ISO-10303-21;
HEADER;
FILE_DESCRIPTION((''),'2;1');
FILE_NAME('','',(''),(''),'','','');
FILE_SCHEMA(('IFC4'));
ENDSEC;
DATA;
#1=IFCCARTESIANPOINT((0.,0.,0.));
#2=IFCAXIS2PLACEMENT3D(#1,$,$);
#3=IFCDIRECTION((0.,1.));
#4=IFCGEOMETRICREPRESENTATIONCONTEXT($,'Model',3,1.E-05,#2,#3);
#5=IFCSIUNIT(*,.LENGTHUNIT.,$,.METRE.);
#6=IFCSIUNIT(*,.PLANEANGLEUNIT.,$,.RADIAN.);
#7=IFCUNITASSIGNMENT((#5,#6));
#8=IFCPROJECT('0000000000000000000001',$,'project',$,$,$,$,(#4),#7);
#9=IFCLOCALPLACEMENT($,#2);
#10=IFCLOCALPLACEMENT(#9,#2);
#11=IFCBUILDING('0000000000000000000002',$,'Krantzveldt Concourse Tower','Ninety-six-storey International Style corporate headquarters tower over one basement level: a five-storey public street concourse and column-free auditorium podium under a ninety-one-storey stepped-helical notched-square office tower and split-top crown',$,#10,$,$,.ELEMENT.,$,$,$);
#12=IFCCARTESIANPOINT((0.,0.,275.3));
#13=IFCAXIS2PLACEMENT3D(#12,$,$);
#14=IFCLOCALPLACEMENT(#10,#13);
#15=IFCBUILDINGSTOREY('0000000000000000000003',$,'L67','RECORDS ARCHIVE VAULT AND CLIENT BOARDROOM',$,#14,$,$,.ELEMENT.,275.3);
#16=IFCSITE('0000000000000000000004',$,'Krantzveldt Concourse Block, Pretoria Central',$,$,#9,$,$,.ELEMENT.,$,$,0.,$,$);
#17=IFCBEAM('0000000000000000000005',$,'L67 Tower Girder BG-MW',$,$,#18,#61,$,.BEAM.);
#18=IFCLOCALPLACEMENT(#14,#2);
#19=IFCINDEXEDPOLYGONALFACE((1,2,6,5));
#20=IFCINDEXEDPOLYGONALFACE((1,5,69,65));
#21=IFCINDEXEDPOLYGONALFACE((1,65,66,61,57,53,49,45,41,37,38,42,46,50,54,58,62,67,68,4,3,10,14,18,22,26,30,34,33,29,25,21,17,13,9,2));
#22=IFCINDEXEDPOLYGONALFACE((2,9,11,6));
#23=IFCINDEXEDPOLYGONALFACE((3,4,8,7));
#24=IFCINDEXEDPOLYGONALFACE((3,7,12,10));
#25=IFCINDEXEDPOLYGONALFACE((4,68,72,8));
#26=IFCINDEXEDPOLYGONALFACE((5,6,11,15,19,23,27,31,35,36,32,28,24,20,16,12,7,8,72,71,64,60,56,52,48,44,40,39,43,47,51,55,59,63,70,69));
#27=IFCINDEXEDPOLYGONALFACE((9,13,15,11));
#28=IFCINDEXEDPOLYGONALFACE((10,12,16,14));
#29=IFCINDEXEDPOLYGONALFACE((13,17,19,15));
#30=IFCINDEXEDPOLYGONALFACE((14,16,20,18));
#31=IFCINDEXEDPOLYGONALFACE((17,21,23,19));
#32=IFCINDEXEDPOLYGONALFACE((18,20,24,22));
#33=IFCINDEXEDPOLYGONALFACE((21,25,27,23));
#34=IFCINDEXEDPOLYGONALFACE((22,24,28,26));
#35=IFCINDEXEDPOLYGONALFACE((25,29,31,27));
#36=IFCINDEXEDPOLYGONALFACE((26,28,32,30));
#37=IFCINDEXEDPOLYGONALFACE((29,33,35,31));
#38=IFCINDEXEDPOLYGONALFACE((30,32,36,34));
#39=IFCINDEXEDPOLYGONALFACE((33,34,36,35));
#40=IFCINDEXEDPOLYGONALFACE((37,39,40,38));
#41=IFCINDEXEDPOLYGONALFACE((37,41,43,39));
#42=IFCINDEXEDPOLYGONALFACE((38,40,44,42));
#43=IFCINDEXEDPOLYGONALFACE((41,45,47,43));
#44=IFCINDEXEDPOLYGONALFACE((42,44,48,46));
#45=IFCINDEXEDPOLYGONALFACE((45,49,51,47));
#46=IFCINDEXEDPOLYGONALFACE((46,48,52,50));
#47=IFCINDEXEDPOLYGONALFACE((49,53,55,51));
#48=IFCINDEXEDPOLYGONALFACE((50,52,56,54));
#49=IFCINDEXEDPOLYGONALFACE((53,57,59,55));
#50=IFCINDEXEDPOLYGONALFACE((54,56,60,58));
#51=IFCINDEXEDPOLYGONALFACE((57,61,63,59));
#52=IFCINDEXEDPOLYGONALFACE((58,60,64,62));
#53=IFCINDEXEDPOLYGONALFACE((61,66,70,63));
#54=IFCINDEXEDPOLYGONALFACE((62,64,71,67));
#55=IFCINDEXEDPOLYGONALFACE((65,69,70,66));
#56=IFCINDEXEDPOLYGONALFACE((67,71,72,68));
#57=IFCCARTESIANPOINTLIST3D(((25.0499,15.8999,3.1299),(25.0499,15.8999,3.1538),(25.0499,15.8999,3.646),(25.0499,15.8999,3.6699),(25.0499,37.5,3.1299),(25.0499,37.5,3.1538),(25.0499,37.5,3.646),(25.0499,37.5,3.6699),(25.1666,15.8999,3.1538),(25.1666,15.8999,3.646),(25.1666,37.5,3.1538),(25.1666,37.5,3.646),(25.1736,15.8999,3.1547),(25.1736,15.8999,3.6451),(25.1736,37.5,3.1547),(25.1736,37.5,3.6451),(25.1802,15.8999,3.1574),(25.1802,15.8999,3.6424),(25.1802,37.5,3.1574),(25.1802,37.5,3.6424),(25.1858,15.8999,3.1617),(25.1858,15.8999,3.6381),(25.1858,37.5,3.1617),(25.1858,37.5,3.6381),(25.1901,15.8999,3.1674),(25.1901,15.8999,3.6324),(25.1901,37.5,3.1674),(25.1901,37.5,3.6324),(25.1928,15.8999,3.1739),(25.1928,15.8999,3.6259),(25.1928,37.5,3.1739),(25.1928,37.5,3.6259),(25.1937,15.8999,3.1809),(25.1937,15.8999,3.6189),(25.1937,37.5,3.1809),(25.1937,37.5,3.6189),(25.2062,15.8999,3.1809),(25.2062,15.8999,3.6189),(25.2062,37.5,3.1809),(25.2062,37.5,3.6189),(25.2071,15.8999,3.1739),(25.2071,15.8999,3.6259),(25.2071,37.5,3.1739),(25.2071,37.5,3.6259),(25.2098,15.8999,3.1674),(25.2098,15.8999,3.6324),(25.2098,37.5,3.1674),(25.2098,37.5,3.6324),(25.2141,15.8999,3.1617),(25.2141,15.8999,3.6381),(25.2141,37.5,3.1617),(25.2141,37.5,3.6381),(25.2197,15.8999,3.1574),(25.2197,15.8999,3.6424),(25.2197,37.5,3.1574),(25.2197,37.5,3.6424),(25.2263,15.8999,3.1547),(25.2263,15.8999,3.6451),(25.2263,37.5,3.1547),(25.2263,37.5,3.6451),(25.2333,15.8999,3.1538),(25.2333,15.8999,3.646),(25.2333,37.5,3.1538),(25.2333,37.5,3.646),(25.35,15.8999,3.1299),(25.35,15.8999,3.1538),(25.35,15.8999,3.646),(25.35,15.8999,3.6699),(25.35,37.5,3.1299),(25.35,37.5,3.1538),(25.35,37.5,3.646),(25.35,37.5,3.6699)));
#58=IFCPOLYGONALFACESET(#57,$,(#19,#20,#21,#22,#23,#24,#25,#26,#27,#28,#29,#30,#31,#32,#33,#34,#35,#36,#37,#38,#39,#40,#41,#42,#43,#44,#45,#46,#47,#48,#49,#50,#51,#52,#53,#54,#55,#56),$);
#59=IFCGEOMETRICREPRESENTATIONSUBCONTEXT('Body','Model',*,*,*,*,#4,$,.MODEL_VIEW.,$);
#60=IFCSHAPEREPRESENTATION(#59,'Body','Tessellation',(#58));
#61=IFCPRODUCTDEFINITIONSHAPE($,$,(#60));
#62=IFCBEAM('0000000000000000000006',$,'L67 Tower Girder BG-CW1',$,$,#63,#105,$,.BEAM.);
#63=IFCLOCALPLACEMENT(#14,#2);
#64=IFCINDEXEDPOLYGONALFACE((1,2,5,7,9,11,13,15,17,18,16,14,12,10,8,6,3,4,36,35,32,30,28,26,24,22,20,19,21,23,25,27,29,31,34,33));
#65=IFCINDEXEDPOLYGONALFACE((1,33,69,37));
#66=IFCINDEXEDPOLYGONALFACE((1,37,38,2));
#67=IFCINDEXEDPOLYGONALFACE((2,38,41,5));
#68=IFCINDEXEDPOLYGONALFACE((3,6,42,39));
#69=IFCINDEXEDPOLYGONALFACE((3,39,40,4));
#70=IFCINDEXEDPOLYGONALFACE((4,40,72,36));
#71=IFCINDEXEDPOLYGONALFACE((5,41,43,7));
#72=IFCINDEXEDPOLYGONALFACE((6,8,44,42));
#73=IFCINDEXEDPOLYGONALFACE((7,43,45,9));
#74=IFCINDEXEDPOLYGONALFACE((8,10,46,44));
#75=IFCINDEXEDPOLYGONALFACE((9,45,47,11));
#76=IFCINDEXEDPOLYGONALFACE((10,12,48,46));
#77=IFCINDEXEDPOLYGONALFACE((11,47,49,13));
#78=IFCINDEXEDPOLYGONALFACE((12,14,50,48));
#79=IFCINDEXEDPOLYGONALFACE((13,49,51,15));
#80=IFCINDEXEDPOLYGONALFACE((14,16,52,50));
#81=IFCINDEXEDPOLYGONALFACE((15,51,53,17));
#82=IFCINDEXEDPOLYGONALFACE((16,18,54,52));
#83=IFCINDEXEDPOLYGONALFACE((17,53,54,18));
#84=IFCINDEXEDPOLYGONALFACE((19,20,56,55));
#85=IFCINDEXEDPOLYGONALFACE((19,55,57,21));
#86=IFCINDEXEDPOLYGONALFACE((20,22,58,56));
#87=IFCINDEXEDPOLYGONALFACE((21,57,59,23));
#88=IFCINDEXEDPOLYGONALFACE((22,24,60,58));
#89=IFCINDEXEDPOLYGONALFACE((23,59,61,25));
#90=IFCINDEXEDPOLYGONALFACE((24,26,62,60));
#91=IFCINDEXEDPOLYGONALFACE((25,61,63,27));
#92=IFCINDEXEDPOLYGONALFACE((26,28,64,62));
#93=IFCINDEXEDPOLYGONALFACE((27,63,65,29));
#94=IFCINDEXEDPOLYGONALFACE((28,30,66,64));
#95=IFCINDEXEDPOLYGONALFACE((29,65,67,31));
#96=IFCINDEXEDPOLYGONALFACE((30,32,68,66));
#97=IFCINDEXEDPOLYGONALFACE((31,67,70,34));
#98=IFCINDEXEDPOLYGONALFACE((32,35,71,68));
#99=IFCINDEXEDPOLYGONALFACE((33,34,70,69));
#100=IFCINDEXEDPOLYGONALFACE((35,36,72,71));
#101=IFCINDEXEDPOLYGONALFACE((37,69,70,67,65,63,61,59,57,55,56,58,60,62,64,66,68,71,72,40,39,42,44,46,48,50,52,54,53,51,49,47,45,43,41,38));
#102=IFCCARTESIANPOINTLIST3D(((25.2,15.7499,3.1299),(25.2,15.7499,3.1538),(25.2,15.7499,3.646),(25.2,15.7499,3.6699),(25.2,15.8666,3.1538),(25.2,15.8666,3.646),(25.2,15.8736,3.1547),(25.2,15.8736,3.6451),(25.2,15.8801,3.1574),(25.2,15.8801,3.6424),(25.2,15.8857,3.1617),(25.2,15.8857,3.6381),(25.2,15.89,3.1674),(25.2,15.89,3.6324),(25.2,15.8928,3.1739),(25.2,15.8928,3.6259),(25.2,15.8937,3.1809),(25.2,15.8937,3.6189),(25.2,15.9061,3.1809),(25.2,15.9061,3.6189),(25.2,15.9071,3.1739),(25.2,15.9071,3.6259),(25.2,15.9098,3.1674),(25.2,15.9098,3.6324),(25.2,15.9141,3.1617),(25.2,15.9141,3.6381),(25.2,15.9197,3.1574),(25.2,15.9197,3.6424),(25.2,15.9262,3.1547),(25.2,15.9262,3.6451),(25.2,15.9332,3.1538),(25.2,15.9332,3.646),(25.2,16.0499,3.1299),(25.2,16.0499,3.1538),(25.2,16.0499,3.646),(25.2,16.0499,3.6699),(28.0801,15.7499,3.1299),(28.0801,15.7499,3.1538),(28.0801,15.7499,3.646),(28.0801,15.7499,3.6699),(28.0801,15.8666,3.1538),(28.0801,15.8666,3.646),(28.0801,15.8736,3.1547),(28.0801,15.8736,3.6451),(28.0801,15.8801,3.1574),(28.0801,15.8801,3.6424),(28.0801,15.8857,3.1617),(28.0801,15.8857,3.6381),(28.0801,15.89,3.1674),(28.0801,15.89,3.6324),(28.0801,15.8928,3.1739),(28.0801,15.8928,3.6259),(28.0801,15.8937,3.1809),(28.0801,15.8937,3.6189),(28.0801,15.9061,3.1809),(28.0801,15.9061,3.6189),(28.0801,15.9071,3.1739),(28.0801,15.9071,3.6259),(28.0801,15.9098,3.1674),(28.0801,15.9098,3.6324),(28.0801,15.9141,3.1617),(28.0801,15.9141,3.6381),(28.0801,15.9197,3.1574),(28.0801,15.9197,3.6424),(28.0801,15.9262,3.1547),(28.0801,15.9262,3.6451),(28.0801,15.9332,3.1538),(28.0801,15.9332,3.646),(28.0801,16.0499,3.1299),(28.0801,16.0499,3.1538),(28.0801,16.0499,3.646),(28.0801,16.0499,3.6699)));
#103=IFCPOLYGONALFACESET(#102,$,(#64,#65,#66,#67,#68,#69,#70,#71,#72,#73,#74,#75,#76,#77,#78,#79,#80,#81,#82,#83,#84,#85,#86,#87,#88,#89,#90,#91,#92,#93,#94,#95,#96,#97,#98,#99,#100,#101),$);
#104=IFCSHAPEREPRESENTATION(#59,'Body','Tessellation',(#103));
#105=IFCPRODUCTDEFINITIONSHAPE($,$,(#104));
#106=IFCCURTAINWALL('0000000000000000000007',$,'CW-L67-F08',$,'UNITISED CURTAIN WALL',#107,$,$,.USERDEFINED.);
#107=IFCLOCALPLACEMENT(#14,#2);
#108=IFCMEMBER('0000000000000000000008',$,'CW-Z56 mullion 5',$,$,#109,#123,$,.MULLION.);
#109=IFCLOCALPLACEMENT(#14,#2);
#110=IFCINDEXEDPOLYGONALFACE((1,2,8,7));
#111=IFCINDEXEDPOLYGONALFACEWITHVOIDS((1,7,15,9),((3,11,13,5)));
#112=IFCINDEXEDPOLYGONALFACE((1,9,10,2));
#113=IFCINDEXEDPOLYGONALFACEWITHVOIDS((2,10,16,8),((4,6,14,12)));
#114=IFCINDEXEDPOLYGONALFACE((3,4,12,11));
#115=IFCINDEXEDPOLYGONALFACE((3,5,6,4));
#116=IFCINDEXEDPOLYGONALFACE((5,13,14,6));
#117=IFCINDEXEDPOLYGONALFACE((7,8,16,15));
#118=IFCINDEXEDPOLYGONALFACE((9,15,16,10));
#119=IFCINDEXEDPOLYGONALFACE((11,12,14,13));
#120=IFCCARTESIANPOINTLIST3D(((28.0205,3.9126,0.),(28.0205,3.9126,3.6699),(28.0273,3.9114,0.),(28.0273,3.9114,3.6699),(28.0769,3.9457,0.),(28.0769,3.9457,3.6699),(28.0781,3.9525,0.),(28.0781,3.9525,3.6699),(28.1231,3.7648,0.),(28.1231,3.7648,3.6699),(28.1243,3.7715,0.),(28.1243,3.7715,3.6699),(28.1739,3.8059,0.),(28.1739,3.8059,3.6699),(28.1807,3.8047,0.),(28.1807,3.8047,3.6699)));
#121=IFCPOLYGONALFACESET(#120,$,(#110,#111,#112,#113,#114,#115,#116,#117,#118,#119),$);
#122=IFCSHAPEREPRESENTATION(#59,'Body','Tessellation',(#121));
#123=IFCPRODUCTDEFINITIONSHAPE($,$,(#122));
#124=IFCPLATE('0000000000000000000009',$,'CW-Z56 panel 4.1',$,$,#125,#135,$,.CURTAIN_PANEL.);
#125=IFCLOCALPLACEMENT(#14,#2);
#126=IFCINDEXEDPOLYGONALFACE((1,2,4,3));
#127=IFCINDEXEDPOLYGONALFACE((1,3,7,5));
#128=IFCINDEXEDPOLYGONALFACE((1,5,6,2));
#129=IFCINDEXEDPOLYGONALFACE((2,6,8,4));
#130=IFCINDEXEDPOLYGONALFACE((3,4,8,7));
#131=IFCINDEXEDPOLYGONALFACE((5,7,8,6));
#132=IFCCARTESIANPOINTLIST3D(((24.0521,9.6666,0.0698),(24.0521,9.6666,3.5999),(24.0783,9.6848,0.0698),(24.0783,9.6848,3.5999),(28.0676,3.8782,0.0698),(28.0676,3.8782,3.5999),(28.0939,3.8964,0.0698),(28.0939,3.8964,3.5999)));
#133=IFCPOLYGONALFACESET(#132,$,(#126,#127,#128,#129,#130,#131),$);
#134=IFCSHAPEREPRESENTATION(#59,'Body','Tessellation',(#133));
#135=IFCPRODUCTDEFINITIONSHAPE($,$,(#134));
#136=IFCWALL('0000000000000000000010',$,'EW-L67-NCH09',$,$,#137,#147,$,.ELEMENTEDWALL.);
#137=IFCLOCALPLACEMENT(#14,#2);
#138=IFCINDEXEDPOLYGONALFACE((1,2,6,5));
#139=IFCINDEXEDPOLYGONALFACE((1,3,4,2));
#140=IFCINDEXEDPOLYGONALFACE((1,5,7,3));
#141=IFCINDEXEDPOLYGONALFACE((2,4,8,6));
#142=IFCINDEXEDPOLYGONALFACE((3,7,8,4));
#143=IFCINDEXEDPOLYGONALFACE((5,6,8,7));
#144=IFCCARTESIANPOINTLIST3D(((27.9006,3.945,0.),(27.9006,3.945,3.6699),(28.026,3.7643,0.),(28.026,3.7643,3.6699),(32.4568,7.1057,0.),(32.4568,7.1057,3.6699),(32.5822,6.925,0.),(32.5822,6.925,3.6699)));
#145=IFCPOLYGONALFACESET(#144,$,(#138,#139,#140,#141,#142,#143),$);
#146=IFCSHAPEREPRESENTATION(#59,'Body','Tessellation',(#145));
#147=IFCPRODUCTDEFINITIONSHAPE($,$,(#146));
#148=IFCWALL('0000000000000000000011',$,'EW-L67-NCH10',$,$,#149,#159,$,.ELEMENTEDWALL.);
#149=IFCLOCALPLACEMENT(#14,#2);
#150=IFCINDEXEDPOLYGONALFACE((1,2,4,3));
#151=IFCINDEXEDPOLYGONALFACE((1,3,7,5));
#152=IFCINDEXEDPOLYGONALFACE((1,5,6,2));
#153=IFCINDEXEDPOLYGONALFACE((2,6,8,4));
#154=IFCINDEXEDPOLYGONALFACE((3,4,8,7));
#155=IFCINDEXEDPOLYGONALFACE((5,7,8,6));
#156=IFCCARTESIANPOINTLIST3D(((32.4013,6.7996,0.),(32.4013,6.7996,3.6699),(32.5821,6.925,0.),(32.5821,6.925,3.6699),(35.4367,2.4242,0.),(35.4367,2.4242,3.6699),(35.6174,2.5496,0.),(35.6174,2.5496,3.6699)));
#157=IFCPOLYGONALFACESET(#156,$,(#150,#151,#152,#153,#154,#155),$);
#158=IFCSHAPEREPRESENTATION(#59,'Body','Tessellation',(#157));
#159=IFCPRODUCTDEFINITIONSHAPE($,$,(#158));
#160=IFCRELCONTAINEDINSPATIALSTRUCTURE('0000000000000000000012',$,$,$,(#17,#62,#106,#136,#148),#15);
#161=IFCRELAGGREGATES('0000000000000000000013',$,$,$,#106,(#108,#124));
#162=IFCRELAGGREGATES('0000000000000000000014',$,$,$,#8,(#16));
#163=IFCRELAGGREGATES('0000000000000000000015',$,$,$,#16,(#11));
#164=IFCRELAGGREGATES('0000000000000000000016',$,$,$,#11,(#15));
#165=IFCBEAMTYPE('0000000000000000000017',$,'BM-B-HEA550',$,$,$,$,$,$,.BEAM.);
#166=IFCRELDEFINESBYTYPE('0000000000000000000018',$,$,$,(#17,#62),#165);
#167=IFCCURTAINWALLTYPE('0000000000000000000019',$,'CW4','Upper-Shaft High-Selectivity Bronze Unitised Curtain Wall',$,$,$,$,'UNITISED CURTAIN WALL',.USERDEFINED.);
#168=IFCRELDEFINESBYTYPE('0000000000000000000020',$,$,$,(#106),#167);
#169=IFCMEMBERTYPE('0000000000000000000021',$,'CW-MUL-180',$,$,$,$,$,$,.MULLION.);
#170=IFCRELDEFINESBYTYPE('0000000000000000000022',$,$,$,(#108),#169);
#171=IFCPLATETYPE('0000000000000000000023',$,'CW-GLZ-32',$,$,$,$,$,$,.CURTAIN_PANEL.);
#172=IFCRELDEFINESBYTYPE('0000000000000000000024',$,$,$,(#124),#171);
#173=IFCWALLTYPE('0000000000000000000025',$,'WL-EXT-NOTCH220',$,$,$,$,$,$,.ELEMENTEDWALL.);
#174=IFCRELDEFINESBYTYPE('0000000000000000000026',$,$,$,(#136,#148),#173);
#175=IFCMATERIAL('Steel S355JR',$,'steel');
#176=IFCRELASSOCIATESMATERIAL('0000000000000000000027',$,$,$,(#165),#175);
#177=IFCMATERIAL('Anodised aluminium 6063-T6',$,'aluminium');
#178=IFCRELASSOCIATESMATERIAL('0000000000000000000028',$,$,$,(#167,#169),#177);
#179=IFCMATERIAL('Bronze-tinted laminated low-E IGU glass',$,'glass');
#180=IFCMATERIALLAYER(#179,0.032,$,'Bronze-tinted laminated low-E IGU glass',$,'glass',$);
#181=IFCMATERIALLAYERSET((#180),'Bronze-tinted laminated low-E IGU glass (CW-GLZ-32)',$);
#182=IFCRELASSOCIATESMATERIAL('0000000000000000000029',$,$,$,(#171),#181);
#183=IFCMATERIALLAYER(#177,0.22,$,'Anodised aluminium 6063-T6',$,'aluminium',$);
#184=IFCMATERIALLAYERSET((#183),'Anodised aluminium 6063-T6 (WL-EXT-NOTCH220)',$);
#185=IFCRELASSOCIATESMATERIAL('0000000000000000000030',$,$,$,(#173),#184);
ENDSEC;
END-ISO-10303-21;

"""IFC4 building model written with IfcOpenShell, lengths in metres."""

from ifc_helpers import new_model, si_unit, direction, frame, frame_2d, origin, origin_2d, place, context, subcontext, project, spatial, rectangle, hollow_rectangle, i_section, extrude, source, transform, mapped, material, layer, layer_set, material_profile, profile_set, type_object, type_shapes, element, aggregate, save


model = new_model("IFC4")

# Units and contexts
model_context = context("Model", 3, precision=1e-05, world=origin(), true_north=direction((0.0, 1.0)))
body_context = subcontext(model_context, "Body", "Model", "MODEL_VIEW")
ifc_project = project(units=[si_unit("LENGTHUNIT", "METRE"), si_unit("PLANEANGLEUNIT", "RADIAN")], contexts=[model_context])

# Site, building, storey
site_placement = place(None, origin())
site = spatial("IfcSite", under=ifc_project, at=site_placement, Name="Krantzveldt Concourse Block, Pretoria Central", CompositionType="ELEMENT", RefElevation=0.0)
building_placement = place(site_placement, origin())
building = spatial("IfcBuilding", under=site, at=building_placement, Name="Krantzveldt Concourse Tower", Description="Ninety-six-storey International Style corporate headquarters tower over one basement level: a five-storey public street concourse and column-free auditorium podium under a ninety-one-storey stepped-helical notched-square office tower and split-top crown", CompositionType="ELEMENT")
storey_placement = place(building_placement, frame((0.0, 0.0, 275.3)))
storey = spatial("IfcBuildingStorey", under=building, at=storey_placement, Name="L67", Description="RECORDS ARCHIVE VAULT AND CLIENT BOARDROOM", CompositionType="ELEMENT", Elevation=275.3)

# Beams
ifc_material_1 = material(Name="Steel S355JR", Category="steel")
ifc_material_profile_1 = material_profile(ifc_material_1, i_section(OverallWidth=0.3, OverallDepth=0.54, WebThickness=0.0125, FlangeThickness=0.0239, FilletRadius=0.0271, at=origin_2d()), Name="Steel S355JR", Category="steel")
ifc_profile_set_1 = profile_set([ifc_material_profile_1], Name="Steel S355JR - HEA 550")
beam_type = type_object("IfcBeamType", Name="BM-B-HEA550", PredefinedType="BEAM", material=ifc_profile_set_1)
shared_shape_1 = source(origin(), body_context, "Body", "SweptSolid", [
    extrude(i_section(OverallWidth=0.3, OverallDepth=0.54, WebThickness=0.0125, FlangeThickness=0.0239, FilletRadius=0.0271, at=origin_2d()), origin(), (0.0, 0.0, 1.0), 21.6001),
])
beam_1_placement = place(storey_placement, frame((25.2, 15.8999, 3.3999), z_axis=(0.0, 1.0, 0.0), x_axis=(-1.0, 0.0, 0.0)))
element("IfcBeam", 1, at=beam_1_placement, inside=storey, type_object=beam_type, Name="L67 Tower Girder BG-MW", PredefinedType="BEAM", context=body_context, shape_type="MappedRepresentation", body=[
    mapped(shared_shape_1, transform((0.0, 0.0, 0.0), x_axis=(1.0, 0.0, 0.0), y_axis=(0.0, 1.0, 0.0), z_axis=(0.0, 0.0, 1.0), scale=1.0)),
])
shared_shape_2 = source(origin(), body_context, "Body", "SweptSolid", [
    extrude(i_section(OverallWidth=0.3, OverallDepth=0.54, WebThickness=0.0125, FlangeThickness=0.0239, FilletRadius=0.0271, at=origin_2d()), origin(), (0.0, 0.0, 1.0), 2.8801),
])
type_shapes(beam_type, [shared_shape_1, shared_shape_2])
beam_2_placement = place(storey_placement, frame((25.2, 15.8999, 3.3999), z_axis=(1.0, 0.0, 0.0), x_axis=(0.0, 1.0, 0.0)))
element("IfcBeam", 2, at=beam_2_placement, inside=storey, type_object=beam_type, Name="L67 Tower Girder BG-CW1", PredefinedType="BEAM", context=body_context, shape_type="MappedRepresentation", body=[
    mapped(shared_shape_2, transform((0.0, 0.0, 0.0), x_axis=(1.0, 0.0, 0.0), y_axis=(0.0, 1.0, 0.0), z_axis=(0.0, 0.0, 1.0), scale=1.0)),
])

# Curtain wall, member, plate
ifc_material_2 = material(Name="Anodised aluminium 6063-T6", Category="aluminium")
curtain_wall_type = type_object("IfcCurtainWallType", Name="CW4", Description="Upper-Shaft High-Selectivity Bronze Unitised Curtain Wall", ElementType="UNITISED CURTAIN WALL", PredefinedType="USERDEFINED", material=ifc_material_2)
curtain_wall_placement = place(storey_placement, origin())
curtain_wall = element("IfcCurtainWall", 3, at=curtain_wall_placement, inside=storey, type_object=curtain_wall_type, Name="CW-L67-F08", ObjectType="UNITISED CURTAIN WALL", PredefinedType="USERDEFINED")
ifc_material_profile_2 = material_profile(ifc_material_2, hollow_rectangle(XDim=0.0701, YDim=0.1799, WallThickness=0.0049, at=origin_2d()), Name="Anodised aluminium 6063-T6", Category="aluminium")
ifc_profile_set_2 = profile_set([ifc_material_profile_2], Name="Anodised aluminium 6063-T6 - ALU-MULL 180x70x5")
member_type = type_object("IfcMemberType", Name="CW-MUL-180", PredefinedType="MULLION", material=ifc_profile_set_2)
shared_shape_3 = source(origin(), body_context, "Body", "SweptSolid", [
    extrude(hollow_rectangle(XDim=0.0701, YDim=0.1799, WallThickness=0.0049, at=origin_2d()), origin(), (0.0, 0.0, 1.0), 3.6699),
])
type_shapes(member_type, [shared_shape_3])
member_placement = place(storey_placement, frame((28.1006, 3.8586, 0.0), z_axis=(0.0, 0.0, 1.0), x_axis=(0.821647, 0.569997, 0.0)))
member = element("IfcMember", 4, at=member_placement, type_object=member_type, Name="CW-Z56 mullion 5", PredefinedType="MULLION", context=body_context, shape_type="MappedRepresentation", body=[
    mapped(shared_shape_3, transform((0.0, 0.0, 0.0), x_axis=(1.0, 0.0, 0.0), y_axis=(0.0, 1.0, 0.0), z_axis=(0.0, 0.0, 1.0), scale=1.0)),
])
ifc_material_3 = material(Name="Bronze-tinted laminated low-E IGU glass", Category="glass")
ifc_layer_1 = layer(ifc_material_3, 0.032, Name="Bronze-tinted laminated low-E IGU glass", Category="glass")
ifc_layer_set_1 = layer_set([ifc_layer_1], Name="Bronze-tinted laminated low-E IGU glass (CW-GLZ-32)")
plate_type = type_object("IfcPlateType", Name="CW-GLZ-32", PredefinedType="CURTAIN_PANEL", material=ifc_layer_set_1)
shared_shape_4 = source(origin(), body_context, "Body", "SweptSolid", [
    extrude(rectangle(XDim=7.0449, YDim=0.032, at=origin_2d()), origin(), (0.0, 0.0, 1.0), 3.53),
])
type_shapes(plate_type, [shared_shape_4])
plate_placement = place(storey_placement, frame((26.073, 6.7815, 0.0698), z_axis=(0.0, 0.0, 1.0), x_axis=(0.569997, -0.821647, 0.0)))
plate = element("IfcPlate", 5, at=plate_placement, type_object=plate_type, Name="CW-Z56 panel 4.1", PredefinedType="CURTAIN_PANEL", context=body_context, shape_type="MappedRepresentation", body=[
    mapped(shared_shape_4, transform((0.0, 0.0, 0.0), x_axis=(1.0, 0.0, 0.0), y_axis=(0.0, 1.0, 0.0), z_axis=(0.0, 0.0, 1.0), scale=1.0)),
])
aggregate(curtain_wall, [member, plate])

# Walls
ifc_layer_2 = layer(ifc_material_2, 0.22, Name="Anodised aluminium 6063-T6", Category="aluminium")
ifc_layer_set_2 = layer_set([ifc_layer_2], Name="Anodised aluminium 6063-T6 (WL-EXT-NOTCH220)")
wall_type_1 = type_object("IfcWallType", Name="WL-EXT-NOTCH220", PredefinedType="ELEMENTEDWALL", material=ifc_layer_set_2)
wall_1_placement = place(storey_placement, frame((27.9634, 3.8547, 0.0), z_axis=(0.0, 0.0, 1.0), x_axis=(0.821653, 0.569988, 0.0)))
element("IfcWall", 6, at=wall_1_placement, inside=storey, type_object=wall_type_1, Name="EW-L67-NCH09", PredefinedType="ELEMENTEDWALL", context=body_context, shape_type="SweptSolid", body=[
    extrude(rectangle(XDim=5.5452, YDim=0.22, at=frame_2d((2.7725, 0.0))), origin(), (0.0, 0.0, 1.0), 3.6699),
])
wall_2_placement = place(storey_placement, frame((32.4917, 6.8623, 0.0), z_axis=(0.0, 0.0, 1.0), x_axis=(0.569999, -0.821646, 0.0)))
element("IfcWall", 7, at=wall_2_placement, inside=storey, type_object=wall_type_1, Name="EW-L67-NCH10", PredefinedType="ELEMENTEDWALL", context=body_context, shape_type="SweptSolid", body=[
    extrude(rectangle(XDim=5.3252, YDim=0.22, at=frame_2d((2.6626, 0.0))), origin(), (0.0, 0.0, 1.0), 3.6699),
])

save(model, "model.ifc")
